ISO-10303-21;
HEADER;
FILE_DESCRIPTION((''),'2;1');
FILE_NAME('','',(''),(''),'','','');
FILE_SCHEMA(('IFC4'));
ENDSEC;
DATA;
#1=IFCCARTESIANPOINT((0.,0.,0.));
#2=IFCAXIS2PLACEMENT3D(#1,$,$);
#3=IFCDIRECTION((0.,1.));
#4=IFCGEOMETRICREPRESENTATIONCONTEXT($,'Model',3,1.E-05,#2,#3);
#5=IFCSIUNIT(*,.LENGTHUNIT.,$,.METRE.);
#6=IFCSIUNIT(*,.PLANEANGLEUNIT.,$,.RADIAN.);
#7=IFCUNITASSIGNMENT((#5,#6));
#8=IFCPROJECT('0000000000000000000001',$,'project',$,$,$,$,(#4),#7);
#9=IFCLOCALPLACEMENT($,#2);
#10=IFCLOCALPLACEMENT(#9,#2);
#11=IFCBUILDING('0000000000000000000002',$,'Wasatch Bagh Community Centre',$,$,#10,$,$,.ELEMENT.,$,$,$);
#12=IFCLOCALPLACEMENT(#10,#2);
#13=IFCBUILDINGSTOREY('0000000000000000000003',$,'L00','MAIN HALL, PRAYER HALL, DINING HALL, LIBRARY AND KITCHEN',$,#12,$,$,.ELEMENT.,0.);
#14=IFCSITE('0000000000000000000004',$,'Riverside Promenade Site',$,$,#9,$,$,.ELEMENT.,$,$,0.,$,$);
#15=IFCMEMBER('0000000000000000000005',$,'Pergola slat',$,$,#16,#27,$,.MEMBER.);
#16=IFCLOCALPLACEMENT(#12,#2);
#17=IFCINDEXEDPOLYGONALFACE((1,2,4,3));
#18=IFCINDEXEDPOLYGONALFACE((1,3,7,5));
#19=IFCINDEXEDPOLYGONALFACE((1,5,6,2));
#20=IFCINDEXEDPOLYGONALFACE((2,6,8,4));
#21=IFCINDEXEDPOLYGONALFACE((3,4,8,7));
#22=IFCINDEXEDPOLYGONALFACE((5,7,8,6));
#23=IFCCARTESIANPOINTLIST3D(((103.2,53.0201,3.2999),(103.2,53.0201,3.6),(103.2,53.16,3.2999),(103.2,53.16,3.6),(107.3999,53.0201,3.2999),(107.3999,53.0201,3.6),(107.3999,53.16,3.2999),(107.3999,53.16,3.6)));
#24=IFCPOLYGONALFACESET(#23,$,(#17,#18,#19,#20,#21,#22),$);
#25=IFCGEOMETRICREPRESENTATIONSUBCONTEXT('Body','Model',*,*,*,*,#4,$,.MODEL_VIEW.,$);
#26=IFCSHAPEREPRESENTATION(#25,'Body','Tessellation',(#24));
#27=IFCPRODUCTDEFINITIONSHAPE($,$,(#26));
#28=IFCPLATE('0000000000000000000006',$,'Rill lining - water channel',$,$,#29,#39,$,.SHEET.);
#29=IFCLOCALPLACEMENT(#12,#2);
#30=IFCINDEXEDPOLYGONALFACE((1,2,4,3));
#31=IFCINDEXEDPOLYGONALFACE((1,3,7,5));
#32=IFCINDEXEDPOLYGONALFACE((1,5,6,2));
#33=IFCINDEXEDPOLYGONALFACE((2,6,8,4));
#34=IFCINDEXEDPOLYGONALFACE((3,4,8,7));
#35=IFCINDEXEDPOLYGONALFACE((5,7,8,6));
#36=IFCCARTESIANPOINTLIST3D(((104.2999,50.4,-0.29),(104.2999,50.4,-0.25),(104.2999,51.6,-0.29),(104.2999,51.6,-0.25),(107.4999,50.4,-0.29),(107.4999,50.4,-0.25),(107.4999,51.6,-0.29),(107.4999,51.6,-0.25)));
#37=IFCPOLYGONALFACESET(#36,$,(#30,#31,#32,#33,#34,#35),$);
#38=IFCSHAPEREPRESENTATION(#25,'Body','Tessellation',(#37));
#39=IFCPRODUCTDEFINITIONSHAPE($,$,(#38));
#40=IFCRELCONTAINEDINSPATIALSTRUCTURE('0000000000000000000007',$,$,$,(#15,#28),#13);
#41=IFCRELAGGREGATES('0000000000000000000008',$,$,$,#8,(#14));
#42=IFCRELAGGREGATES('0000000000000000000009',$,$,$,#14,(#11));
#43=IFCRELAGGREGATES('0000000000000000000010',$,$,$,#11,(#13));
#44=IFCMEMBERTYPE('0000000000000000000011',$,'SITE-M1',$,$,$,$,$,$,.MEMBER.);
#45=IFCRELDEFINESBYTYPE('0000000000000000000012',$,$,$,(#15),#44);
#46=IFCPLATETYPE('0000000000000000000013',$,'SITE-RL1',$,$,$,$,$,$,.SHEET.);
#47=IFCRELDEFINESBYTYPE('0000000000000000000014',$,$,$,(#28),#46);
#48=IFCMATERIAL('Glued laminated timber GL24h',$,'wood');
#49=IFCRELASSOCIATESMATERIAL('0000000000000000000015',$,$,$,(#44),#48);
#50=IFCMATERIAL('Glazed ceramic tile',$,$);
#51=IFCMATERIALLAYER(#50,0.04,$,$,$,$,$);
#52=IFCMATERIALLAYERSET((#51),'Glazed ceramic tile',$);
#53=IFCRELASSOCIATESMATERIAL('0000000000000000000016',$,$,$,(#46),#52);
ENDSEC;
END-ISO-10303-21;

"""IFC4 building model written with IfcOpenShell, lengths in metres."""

from ifc_helpers import new_model, si_unit, direction, frame, origin, origin_2d, place, context, subcontext, project, spatial, rectangle, extrude, material, layer, layer_set, material_profile, profile_set, type_object, element, save


model = new_model("IFC4")

# Units and contexts
model_context = context("Model", 3, precision=1e-05, world=origin(), true_north=direction((0.0, 1.0)))
body_context = subcontext(model_context, "Body", "Model", "MODEL_VIEW")
ifc_project = project(units=[si_unit("LENGTHUNIT", "METRE"), si_unit("PLANEANGLEUNIT", "RADIAN")], contexts=[model_context])

# Site, building, storey
site_placement = place(None, origin())
site = spatial("IfcSite", under=ifc_project, at=site_placement, Name="Riverside Promenade Site", CompositionType="ELEMENT", RefElevation=0.0)
building_placement = place(site_placement, origin())
building = spatial("IfcBuilding", under=site, at=building_placement, Name="Wasatch Bagh Community Centre", CompositionType="ELEMENT")
storey_placement = place(building_placement, origin())
storey = spatial("IfcBuildingStorey", under=building, at=storey_placement, Name="L00", Description="MAIN HALL, PRAYER HALL, DINING HALL, LIBRARY AND KITCHEN", CompositionType="ELEMENT", Elevation=0.0)

# Member
ifc_material_1 = material(Name="Glued laminated timber GL24h", Category="wood")
ifc_material_profile_1 = material_profile(ifc_material_1, rectangle(XDim=0.1399, YDim=0.3, at=origin_2d()), Name="GL 140x300")
ifc_profile_set_1 = profile_set([ifc_material_profile_1], Name="Glued laminated timber GL24h")
member_type = type_object("IfcMemberType", Name="SITE-M1", PredefinedType="MEMBER", material=ifc_profile_set_1)
for number, where, z_axis, x_axis, name in (
    (1, (103.2, 53.0901, 3.45), (1.0, 0.0, 0.0), (0.0, 1.0, 0.0), "Pergola slat"),
):
    element("IfcMember", number, at=place(storey_placement, frame(where, z_axis=z_axis, x_axis=x_axis)), inside=storey, type_object=member_type, Name=name, PredefinedType="MEMBER", context=body_context, shape_type="SweptSolid", body=[
        extrude(rectangle(XDim=0.1399, YDim=0.3, at=origin_2d()), origin(), (0.0, 0.0, 1.0), 4.2),
    ])

# Plate
ifc_material_2 = material(Name="Glazed ceramic tile")
ifc_layer = layer(ifc_material_2, 0.04)
ifc_layer_set = layer_set([ifc_layer], Name="Glazed ceramic tile")
plate_type = type_object("IfcPlateType", Name="SITE-RL1", PredefinedType="SHEET", material=ifc_layer_set)
plate_placement = place(storey_placement, frame((105.8999, 51.0, -0.29), z_axis=(0.0, 0.0, 1.0), x_axis=(1.0, 0.0, 0.0)))
element("IfcPlate", 2, at=plate_placement, inside=storey, type_object=plate_type, Name="Rill lining - water channel", PredefinedType="SHEET", context=body_context, shape_type="SweptSolid", body=[
    extrude(rectangle(XDim=3.2, YDim=1.2, at=origin_2d()), origin(), (0.0, 0.0, 1.0), 0.04),
])

save(model, "model.ifc")
